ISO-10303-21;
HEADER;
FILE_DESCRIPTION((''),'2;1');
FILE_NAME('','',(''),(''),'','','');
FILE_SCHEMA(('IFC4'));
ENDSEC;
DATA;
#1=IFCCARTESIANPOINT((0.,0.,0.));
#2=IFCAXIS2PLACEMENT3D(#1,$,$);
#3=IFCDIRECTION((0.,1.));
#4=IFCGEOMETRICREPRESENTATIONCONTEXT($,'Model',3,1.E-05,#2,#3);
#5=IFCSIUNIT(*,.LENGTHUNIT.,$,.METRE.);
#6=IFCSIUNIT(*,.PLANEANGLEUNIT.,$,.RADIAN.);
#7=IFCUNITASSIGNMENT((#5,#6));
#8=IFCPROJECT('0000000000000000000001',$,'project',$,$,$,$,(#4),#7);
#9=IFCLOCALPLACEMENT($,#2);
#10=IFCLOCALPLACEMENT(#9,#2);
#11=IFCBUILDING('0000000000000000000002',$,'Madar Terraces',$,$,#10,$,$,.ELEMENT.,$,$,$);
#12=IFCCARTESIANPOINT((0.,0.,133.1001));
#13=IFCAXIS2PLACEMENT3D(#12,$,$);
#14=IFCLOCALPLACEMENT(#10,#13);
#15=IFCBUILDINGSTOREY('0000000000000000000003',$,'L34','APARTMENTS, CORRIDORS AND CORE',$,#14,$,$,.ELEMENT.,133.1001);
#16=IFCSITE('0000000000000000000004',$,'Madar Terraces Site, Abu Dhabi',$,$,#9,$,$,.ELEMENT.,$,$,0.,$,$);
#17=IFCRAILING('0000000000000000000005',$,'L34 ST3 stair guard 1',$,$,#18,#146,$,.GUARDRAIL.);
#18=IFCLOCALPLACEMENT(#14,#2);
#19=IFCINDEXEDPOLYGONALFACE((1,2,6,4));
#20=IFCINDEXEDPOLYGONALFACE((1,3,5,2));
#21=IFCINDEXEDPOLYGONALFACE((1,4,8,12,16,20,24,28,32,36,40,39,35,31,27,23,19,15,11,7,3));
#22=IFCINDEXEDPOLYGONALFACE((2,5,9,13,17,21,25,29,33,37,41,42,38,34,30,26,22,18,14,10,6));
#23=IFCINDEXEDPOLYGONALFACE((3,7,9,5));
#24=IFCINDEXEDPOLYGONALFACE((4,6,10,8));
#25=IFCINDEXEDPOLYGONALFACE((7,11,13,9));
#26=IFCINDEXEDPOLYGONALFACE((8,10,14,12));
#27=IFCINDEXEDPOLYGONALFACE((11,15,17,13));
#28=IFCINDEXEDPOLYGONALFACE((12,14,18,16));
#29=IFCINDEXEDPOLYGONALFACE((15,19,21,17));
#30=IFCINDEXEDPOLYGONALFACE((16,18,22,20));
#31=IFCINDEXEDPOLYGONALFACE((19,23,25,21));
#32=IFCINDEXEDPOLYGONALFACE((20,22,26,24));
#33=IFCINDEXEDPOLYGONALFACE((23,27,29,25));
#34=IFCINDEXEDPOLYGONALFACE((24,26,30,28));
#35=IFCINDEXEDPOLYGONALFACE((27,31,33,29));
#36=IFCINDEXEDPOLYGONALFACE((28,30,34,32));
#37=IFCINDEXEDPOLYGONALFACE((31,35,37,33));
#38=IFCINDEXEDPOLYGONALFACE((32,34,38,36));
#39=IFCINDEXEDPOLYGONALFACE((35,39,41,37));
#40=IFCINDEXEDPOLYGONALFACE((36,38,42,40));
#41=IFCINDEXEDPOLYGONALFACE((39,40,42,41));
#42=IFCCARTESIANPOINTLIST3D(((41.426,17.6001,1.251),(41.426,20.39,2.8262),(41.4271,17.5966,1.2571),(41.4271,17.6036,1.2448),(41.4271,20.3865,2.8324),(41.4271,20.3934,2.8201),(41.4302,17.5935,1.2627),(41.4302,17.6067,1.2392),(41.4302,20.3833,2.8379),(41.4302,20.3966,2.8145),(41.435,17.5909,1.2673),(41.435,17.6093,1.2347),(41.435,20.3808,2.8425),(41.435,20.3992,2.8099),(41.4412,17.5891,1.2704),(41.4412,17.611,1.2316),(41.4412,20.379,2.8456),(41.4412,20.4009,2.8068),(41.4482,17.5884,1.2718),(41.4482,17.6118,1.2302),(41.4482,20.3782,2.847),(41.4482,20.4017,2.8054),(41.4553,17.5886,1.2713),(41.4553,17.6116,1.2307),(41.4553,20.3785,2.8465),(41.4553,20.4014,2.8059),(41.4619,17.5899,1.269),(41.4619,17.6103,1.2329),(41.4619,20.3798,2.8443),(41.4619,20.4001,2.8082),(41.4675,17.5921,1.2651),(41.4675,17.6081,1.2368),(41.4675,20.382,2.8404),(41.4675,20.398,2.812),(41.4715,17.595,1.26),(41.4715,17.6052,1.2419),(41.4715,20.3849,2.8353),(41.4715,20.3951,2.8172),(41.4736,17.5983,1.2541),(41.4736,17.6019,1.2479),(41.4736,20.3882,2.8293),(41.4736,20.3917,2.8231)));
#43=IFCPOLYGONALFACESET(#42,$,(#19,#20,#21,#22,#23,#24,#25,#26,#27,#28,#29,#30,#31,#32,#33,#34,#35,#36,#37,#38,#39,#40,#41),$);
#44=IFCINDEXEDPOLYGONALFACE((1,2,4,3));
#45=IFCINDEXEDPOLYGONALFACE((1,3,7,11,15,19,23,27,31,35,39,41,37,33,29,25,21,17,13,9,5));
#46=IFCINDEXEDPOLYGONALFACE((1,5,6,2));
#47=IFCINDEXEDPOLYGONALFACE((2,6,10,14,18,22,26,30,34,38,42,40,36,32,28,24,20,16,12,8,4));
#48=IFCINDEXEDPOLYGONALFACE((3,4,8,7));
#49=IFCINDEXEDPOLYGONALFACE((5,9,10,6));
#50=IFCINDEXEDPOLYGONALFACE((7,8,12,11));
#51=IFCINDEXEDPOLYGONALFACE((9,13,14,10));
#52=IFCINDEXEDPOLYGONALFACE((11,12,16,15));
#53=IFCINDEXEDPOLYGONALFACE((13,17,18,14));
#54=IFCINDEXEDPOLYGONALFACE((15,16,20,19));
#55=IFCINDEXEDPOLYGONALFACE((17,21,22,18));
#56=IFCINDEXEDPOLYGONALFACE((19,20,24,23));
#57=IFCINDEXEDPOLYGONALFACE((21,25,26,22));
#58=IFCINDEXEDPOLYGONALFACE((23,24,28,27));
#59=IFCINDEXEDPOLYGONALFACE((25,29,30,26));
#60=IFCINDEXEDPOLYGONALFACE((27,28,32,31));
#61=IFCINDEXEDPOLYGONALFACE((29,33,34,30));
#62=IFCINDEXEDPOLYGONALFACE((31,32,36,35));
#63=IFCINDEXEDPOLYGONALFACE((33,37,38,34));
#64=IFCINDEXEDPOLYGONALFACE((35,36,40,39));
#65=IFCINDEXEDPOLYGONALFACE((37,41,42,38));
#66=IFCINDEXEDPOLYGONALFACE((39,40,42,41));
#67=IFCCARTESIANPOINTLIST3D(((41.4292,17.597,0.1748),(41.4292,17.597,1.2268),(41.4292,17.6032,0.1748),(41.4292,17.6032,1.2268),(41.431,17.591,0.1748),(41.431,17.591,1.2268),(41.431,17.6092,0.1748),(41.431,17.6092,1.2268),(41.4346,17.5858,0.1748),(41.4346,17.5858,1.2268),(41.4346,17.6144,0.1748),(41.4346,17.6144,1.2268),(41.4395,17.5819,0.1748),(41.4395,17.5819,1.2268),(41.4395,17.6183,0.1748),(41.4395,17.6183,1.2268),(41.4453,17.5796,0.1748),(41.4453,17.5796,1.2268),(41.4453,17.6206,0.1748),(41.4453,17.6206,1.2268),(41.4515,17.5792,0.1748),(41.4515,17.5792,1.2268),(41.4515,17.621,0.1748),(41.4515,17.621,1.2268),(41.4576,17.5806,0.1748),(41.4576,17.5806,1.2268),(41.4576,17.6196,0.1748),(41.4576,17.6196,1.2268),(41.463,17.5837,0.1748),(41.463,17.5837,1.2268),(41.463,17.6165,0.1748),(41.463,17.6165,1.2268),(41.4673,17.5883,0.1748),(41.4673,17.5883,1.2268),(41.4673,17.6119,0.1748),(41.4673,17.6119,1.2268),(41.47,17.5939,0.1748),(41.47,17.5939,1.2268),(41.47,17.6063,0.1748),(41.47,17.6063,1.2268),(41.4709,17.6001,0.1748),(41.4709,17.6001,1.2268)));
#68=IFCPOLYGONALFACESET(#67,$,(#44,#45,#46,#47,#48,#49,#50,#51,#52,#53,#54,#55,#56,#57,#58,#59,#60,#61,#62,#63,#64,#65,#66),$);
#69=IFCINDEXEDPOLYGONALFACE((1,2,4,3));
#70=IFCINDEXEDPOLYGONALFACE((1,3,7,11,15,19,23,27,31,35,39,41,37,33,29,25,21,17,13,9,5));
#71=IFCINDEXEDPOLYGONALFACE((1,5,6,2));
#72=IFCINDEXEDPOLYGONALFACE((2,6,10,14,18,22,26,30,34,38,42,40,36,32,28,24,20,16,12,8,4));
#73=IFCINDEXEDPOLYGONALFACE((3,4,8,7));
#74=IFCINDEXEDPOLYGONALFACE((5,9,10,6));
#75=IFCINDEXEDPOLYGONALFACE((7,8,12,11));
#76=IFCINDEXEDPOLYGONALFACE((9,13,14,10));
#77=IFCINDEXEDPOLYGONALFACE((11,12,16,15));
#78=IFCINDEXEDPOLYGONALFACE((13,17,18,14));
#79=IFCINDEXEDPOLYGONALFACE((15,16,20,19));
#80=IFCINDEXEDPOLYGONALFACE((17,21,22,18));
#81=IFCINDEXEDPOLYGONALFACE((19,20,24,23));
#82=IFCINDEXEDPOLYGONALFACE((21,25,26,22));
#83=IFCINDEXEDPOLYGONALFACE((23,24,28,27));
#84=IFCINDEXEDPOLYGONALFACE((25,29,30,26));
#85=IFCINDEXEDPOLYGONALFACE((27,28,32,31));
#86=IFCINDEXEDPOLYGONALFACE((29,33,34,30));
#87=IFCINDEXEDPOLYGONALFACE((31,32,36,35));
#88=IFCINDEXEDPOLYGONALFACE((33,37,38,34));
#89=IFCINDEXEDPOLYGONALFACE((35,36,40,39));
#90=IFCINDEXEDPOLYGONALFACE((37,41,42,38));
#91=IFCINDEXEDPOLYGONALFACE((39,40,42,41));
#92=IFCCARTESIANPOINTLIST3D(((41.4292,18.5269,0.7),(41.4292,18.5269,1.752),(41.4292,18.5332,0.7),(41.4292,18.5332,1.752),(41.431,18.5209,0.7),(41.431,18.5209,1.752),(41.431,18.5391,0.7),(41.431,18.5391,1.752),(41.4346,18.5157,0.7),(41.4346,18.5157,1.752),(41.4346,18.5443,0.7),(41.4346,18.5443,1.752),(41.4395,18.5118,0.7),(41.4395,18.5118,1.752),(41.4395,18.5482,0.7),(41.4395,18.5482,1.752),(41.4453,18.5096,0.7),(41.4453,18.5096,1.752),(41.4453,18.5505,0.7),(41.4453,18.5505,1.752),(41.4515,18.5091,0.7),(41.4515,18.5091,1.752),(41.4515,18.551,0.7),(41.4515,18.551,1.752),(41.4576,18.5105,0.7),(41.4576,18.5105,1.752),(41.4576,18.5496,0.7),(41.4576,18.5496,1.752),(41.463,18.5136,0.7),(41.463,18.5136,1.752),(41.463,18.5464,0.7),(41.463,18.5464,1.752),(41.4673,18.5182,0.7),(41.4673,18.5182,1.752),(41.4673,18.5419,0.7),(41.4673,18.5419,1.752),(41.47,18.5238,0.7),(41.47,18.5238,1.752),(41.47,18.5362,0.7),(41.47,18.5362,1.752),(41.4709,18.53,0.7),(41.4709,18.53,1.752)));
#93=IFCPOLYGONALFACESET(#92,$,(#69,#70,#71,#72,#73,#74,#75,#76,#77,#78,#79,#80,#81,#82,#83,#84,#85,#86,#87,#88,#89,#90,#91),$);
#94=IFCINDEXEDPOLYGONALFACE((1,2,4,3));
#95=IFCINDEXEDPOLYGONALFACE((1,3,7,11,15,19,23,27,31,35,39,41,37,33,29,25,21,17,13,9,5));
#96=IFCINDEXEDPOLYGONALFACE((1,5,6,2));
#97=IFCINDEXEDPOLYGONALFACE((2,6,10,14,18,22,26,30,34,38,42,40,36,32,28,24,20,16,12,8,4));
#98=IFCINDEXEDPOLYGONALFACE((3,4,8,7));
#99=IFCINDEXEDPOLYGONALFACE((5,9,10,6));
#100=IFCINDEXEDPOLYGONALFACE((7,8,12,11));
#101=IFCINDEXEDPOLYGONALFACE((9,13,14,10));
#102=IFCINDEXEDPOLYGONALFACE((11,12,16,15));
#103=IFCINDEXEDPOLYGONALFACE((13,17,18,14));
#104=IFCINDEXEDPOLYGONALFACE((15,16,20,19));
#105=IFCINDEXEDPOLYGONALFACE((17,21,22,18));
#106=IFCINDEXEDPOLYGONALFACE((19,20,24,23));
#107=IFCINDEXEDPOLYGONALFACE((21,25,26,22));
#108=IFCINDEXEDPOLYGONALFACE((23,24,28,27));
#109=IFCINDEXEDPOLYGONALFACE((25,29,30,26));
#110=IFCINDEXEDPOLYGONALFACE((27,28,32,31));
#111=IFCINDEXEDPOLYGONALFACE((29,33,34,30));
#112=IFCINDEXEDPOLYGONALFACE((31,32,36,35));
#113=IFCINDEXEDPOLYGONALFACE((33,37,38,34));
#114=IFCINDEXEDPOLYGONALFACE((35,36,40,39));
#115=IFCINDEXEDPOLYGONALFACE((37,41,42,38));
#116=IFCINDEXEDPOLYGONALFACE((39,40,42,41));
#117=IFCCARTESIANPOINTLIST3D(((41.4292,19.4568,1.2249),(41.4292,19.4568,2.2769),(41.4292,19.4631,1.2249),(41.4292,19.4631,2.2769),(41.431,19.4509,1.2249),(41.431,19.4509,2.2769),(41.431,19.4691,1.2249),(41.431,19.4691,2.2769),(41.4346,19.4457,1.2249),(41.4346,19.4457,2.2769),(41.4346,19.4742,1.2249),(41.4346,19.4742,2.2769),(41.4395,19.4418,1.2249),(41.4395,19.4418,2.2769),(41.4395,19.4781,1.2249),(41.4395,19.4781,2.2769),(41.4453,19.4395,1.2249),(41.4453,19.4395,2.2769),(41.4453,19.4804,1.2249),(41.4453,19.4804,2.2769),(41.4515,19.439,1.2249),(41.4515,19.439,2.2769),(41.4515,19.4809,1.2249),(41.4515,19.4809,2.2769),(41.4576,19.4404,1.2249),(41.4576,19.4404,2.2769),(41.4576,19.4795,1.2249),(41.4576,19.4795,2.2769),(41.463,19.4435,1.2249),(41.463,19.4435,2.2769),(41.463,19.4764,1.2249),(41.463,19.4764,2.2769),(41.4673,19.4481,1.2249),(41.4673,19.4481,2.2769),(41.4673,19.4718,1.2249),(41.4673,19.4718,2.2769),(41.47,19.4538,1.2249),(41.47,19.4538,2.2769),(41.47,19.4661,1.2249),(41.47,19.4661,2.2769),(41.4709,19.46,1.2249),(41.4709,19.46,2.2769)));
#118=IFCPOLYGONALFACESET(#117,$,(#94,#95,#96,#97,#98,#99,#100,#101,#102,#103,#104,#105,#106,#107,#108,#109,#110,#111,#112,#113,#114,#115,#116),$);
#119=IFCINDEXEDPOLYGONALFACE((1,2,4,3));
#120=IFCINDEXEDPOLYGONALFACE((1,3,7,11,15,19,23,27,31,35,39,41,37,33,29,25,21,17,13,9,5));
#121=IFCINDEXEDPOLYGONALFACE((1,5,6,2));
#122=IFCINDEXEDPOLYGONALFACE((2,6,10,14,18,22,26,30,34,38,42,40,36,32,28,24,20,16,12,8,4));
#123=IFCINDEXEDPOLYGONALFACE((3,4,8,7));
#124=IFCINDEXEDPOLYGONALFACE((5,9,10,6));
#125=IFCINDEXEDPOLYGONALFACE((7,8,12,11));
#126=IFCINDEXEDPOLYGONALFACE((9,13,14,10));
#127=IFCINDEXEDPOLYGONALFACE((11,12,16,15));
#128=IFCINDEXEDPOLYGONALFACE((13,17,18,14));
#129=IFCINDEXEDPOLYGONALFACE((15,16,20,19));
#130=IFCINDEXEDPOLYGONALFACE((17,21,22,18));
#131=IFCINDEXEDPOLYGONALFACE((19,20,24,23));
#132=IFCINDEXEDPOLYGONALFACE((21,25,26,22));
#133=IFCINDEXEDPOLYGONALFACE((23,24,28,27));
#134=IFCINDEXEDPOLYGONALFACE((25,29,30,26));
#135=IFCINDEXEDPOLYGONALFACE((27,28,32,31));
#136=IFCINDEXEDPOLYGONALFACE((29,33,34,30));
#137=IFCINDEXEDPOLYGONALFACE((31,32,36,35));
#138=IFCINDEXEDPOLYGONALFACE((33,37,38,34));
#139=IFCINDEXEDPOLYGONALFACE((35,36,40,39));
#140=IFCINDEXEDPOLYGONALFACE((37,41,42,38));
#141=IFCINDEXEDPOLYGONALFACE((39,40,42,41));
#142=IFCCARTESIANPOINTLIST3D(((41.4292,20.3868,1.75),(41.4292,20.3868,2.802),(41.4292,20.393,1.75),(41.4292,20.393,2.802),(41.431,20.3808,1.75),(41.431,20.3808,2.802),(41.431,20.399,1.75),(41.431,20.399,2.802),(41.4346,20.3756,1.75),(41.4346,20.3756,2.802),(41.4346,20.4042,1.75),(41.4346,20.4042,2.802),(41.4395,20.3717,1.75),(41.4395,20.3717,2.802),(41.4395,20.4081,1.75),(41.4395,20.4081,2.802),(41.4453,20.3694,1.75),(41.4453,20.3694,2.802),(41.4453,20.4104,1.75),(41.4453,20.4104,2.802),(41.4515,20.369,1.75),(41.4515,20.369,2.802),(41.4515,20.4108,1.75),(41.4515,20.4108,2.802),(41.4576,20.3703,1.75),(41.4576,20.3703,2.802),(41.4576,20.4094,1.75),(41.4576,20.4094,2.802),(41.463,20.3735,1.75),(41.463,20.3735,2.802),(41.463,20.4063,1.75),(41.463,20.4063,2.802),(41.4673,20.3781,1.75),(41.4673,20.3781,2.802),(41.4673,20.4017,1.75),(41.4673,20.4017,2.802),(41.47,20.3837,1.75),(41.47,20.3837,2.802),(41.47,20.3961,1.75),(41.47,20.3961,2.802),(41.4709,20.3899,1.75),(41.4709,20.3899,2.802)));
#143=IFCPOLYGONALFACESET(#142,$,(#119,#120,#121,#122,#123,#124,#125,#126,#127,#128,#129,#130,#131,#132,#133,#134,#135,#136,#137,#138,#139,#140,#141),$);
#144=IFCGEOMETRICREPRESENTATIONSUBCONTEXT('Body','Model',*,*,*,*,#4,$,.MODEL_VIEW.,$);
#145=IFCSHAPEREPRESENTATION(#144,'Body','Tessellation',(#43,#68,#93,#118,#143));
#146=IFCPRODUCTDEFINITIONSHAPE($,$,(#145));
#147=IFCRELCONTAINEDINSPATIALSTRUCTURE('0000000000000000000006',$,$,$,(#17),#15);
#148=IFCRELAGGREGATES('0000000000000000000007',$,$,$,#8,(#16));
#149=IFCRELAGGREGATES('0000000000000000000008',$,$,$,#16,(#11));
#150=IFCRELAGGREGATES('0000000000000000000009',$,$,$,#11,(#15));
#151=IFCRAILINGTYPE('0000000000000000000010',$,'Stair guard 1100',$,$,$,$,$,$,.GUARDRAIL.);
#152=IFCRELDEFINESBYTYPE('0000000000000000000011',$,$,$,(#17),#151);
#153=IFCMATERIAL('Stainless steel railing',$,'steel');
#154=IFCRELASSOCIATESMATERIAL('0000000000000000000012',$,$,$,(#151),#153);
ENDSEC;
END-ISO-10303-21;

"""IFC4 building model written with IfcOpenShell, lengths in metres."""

from ifc_helpers import new_model, si_unit, direction, frame, origin, origin_2d, place, context, subcontext, project, spatial, circle, extrude, material, type_object, element, save


model = new_model("IFC4")

# Units and contexts
model_context = context("Model", 3, precision=1e-05, world=origin(), true_north=direction((0.0, 1.0)))
body_context = subcontext(model_context, "Body", "Model", "MODEL_VIEW")
ifc_project = project(units=[si_unit("LENGTHUNIT", "METRE"), si_unit("PLANEANGLEUNIT", "RADIAN")], contexts=[model_context])

# Site, building, storey
site_placement = place(None, origin())
site = spatial("IfcSite", under=ifc_project, at=site_placement, Name="Madar Terraces Site, Abu Dhabi", CompositionType="ELEMENT", RefElevation=0.0)
building_placement = place(site_placement, origin())
building = spatial("IfcBuilding", under=site, at=building_placement, Name="Madar Terraces", CompositionType="ELEMENT")
storey_placement = place(building_placement, frame((0.0, 0.0, 133.1001)))
storey = spatial("IfcBuildingStorey", under=building, at=storey_placement, Name="L34", Description="APARTMENTS, CORRIDORS AND CORE", CompositionType="ELEMENT", Elevation=133.1001)

# Railing
ifc_material_1 = material(Name="Stainless steel railing", Category="steel")
railing_type_1 = type_object("IfcRailingType", Name="Stair guard 1100", PredefinedType="GUARDRAIL", material=ifc_material_1)
railing_1_placement = place(storey_placement, frame((41.45, 17.6001, 0.1748)))
element("IfcRailing", 1, at=railing_1_placement, inside=storey, type_object=railing_type_1, Name="L34 ST3 stair guard 1", PredefinedType="GUARDRAIL", context=body_context, shape_type="SweptSolid", body=[
    extrude(circle(Radius=0.0239, at=origin_2d()), frame((0.0, 0.0, 1.0762), z_axis=(0.0, 0.870783, 0.491668), x_axis=(-1.0, 0.0, 0.0)), (0.0, 0.0, 1.0), 3.2039),
    extrude(circle(Radius=0.021, at=origin_2d()), origin(), (0.0, 0.0, 1.0), 1.052),
    extrude(circle(Radius=0.021, at=origin_2d()), frame((0.0, 0.9299, 0.5251)), (0.0, 0.0, 1.0), 1.052),
    extrude(circle(Radius=0.021, at=origin_2d()), frame((0.0, 1.8599, 1.05)), (0.0, 0.0, 1.0), 1.052),
    extrude(circle(Radius=0.021, at=origin_2d()), frame((0.0, 2.7898, 1.5752)), (0.0, 0.0, 1.0), 1.052),
])

save(model, "model.ifc")
